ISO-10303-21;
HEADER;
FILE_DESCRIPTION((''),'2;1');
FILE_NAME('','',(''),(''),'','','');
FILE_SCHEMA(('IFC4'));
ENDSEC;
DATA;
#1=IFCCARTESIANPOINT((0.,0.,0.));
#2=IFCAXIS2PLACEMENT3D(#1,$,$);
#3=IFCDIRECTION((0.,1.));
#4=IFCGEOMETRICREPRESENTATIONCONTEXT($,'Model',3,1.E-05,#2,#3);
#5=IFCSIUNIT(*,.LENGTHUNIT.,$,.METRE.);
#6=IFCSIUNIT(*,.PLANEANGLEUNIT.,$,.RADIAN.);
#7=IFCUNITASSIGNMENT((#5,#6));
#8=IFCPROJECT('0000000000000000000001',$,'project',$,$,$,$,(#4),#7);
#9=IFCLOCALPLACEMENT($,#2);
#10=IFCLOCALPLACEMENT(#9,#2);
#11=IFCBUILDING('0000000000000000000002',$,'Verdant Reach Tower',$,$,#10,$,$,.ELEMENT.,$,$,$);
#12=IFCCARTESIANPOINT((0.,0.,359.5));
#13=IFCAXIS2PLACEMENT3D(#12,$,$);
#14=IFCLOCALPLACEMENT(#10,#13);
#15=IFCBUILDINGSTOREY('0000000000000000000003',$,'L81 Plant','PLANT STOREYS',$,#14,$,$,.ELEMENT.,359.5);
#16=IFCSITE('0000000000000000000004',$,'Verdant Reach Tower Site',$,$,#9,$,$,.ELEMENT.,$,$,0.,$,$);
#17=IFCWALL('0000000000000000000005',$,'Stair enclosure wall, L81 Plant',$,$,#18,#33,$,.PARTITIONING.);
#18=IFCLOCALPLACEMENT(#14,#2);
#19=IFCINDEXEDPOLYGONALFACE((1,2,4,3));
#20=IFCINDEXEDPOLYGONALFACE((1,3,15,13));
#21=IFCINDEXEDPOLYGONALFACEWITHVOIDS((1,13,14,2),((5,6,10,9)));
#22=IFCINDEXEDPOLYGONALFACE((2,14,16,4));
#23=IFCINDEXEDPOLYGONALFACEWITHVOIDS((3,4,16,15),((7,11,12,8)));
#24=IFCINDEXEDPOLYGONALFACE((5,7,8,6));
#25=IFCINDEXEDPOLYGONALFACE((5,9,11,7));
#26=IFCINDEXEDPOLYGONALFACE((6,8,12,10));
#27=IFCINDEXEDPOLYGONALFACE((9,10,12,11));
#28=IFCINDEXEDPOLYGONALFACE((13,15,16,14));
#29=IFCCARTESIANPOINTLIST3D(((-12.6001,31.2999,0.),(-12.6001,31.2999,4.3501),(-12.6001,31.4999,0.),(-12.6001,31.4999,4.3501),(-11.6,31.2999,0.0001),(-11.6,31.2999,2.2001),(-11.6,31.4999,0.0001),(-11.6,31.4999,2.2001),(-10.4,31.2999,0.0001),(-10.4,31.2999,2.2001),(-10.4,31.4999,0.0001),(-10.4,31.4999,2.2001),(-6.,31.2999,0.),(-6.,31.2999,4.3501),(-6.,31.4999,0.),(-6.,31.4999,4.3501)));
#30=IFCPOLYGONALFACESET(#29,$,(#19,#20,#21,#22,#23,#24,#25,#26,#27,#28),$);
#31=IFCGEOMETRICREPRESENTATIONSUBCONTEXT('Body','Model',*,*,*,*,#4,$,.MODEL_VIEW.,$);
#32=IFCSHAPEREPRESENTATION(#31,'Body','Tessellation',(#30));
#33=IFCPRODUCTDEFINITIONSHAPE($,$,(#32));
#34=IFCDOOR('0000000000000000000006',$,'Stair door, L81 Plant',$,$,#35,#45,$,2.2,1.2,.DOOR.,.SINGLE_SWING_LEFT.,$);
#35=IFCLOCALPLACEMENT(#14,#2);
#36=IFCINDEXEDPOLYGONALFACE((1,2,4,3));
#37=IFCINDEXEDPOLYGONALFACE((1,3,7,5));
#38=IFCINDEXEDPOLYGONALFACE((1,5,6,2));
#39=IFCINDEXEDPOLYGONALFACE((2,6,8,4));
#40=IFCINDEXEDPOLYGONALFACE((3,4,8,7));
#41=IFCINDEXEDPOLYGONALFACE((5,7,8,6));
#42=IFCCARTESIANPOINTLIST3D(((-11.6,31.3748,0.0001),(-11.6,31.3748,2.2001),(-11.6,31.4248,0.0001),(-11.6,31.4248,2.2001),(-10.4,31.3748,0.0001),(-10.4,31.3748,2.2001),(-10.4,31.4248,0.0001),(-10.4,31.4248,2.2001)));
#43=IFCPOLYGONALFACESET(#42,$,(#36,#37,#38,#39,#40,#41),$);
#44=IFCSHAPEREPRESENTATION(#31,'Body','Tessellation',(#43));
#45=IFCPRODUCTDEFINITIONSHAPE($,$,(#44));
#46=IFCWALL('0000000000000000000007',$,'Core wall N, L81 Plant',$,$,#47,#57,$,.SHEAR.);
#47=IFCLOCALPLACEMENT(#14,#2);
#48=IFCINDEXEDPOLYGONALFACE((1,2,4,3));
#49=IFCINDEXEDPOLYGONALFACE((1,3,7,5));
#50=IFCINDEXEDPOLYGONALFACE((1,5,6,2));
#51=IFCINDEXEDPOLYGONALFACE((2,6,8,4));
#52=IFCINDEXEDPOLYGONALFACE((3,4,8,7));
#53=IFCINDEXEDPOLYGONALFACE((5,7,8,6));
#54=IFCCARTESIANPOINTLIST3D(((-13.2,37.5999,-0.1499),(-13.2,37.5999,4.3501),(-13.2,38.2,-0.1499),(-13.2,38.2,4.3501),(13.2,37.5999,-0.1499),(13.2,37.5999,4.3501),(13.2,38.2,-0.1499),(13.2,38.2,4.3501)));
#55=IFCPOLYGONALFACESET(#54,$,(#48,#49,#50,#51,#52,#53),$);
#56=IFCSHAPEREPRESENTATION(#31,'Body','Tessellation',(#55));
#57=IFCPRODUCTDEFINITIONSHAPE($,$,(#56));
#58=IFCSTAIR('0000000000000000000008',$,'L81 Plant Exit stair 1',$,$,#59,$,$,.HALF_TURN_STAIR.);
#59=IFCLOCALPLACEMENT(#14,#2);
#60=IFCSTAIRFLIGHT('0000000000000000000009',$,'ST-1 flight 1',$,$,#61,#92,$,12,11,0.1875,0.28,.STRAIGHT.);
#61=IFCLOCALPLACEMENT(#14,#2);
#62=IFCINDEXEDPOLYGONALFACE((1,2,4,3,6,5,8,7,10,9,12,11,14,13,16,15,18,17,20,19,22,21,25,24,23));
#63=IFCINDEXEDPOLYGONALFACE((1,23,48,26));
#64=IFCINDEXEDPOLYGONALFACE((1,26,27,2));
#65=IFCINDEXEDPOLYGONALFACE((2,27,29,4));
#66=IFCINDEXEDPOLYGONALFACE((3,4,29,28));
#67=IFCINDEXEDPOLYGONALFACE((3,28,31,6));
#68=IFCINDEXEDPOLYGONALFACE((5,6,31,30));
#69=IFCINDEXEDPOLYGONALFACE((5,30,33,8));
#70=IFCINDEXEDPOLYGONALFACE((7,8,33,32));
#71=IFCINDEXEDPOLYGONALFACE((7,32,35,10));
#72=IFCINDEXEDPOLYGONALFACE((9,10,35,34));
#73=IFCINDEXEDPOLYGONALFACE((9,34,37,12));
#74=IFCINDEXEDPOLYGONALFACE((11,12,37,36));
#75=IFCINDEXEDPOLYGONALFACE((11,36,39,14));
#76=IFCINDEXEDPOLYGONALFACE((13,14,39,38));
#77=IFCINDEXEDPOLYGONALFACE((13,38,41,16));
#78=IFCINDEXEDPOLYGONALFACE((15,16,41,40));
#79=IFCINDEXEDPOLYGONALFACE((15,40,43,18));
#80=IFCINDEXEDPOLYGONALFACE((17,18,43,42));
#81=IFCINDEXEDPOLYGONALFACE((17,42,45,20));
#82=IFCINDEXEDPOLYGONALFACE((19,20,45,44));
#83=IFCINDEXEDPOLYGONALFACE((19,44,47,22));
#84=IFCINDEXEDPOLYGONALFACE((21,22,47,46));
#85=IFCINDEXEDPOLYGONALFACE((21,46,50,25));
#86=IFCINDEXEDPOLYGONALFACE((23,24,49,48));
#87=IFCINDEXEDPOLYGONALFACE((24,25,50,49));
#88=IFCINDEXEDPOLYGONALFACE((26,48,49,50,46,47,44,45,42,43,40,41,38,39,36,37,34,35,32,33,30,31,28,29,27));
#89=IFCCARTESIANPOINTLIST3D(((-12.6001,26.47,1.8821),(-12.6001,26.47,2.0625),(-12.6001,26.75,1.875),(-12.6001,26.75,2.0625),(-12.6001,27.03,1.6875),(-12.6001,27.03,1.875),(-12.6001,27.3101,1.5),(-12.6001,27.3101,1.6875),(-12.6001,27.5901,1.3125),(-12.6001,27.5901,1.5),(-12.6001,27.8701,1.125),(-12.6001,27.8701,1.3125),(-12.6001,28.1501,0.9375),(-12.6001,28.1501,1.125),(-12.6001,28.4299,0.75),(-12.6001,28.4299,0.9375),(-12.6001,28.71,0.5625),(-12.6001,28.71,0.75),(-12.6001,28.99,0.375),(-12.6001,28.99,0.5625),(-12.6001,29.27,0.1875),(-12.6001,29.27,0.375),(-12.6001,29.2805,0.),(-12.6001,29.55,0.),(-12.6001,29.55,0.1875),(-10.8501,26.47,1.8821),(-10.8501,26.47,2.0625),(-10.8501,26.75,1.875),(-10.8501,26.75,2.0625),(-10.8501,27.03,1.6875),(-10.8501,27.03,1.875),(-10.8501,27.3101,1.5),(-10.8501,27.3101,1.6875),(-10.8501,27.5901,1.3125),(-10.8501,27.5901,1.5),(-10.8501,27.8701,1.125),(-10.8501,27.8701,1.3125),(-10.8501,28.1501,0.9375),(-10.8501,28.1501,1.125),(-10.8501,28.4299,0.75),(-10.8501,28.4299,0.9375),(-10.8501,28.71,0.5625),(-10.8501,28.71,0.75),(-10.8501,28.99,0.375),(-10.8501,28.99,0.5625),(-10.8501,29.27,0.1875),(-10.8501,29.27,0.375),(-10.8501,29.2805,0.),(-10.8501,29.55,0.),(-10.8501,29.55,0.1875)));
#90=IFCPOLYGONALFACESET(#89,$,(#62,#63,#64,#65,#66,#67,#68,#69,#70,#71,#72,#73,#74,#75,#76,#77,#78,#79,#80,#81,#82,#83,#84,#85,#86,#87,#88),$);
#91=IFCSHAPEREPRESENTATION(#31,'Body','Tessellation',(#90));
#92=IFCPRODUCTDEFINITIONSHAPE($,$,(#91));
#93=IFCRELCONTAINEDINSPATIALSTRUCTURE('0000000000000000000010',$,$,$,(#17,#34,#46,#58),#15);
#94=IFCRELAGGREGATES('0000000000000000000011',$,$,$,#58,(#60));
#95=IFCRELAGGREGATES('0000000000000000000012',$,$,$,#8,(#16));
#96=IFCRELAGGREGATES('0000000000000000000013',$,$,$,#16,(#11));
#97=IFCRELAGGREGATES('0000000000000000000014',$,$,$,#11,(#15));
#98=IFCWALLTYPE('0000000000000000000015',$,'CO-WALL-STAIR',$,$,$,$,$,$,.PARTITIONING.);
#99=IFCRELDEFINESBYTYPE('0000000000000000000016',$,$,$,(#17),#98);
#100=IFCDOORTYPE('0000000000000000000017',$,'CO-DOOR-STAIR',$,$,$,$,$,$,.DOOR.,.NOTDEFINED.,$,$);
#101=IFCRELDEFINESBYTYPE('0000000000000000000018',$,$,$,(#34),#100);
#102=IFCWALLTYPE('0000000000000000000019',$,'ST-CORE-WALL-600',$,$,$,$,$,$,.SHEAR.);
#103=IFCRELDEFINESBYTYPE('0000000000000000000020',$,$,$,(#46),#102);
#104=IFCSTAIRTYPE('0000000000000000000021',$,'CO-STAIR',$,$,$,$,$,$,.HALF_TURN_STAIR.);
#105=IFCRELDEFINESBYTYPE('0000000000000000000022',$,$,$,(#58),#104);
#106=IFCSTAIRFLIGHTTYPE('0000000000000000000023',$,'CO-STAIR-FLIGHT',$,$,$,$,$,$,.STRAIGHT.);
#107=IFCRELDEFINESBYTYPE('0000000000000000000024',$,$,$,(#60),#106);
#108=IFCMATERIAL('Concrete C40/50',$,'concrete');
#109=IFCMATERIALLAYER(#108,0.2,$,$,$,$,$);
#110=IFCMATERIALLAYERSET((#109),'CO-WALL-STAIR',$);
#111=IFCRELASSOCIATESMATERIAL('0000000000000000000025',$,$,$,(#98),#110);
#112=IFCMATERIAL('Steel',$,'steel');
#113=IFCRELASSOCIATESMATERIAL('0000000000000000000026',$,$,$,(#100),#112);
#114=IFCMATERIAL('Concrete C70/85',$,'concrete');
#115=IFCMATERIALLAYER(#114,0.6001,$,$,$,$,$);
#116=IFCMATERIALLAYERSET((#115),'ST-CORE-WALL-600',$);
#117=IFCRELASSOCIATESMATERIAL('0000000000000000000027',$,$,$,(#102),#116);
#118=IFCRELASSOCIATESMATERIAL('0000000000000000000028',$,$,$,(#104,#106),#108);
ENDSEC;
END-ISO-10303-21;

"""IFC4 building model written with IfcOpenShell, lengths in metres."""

from ifc_helpers import new_model, si_unit, direction, frame, frame_2d, origin, place, context, subcontext, project, spatial, polyline, rectangle, outline, extrude, material, layer, layer_set, type_object, element, fill, aggregate, save


model = new_model("IFC4")

# Units and contexts
model_context = context("Model", 3, precision=1e-05, world=origin(), true_north=direction((0.0, 1.0)))
body_context = subcontext(model_context, "Body", "Model", "MODEL_VIEW")
ifc_project = project(units=[si_unit("LENGTHUNIT", "METRE"), si_unit("PLANEANGLEUNIT", "RADIAN")], contexts=[model_context])

# Site, building, storey
site_placement = place(None, origin())
site = spatial("IfcSite", under=ifc_project, at=site_placement, Name="Verdant Reach Tower Site", CompositionType="ELEMENT", RefElevation=0.0)
building_placement = place(site_placement, origin())
building = spatial("IfcBuilding", under=site, at=building_placement, Name="Verdant Reach Tower", CompositionType="ELEMENT")
storey_placement = place(building_placement, frame((0.0, 0.0, 359.5)))
storey = spatial("IfcBuildingStorey", under=building, at=storey_placement, Name="L81 Plant", Description="PLANT STOREYS", CompositionType="ELEMENT", Elevation=359.5)

# Shared definitions
ifc_material_1 = material(Name="Concrete C40/50", Category="concrete")
ifc_material_2 = material(Name="Steel", Category="steel")

# Wall, opening, door
ifc_layer_1 = layer(ifc_material_1, 0.2)
ifc_layer_set_1 = layer_set([ifc_layer_1], Name="CO-WALL-STAIR")
wall_type_1 = type_object("IfcWallType", Name="CO-WALL-STAIR", PredefinedType="PARTITIONING", material=ifc_layer_set_1)
wall_1_placement = place(storey_placement, frame((-12.6001, 31.3999, 0.0), z_axis=(0.0, 0.0, 1.0), x_axis=(1.0, 0.0, 0.0)))
wall_1 = element("IfcWall", 1, at=wall_1_placement, inside=storey, type_object=wall_type_1, Name="Stair enclosure wall, L81 Plant", PredefinedType="PARTITIONING", context=body_context, shape_type="SweptSolid", body=[
    extrude(rectangle(XDim=6.6001, YDim=0.2, at=frame_2d((3.3, 0.0))), origin(), (0.0, 0.0, 1.0), 4.3501),
])
opening_1_placement = place(wall_1_placement, frame((1.0, 0.0, 0.0)))
opening_1 = element("IfcOpeningElement", 2, at=opening_1_placement, cuts=wall_1, PredefinedType="OPENING", context=body_context, shape_type="SweptSolid", body=[
    extrude(rectangle(XDim=1.2, YDim=2.2, at=frame_2d((0.6001, 1.1001))), frame((0.0, 0.1099, 0.0), z_axis=(0.0, -1.0, 0.0), x_axis=(1.0, 0.0, 0.0)), (0.0, 0.0, 1.0), 0.22),
])
door_type_1 = type_object("IfcDoorType", Name="CO-DOOR-STAIR", OperationType="NOTDEFINED", PredefinedType="DOOR", material=ifc_material_2)
door_1_placement = place(opening_1_placement, origin())
door_1 = element("IfcDoor", 3, at=door_1_placement, inside=storey, type_object=door_type_1, Name="Stair door, L81 Plant", OperationType="SINGLE_SWING_LEFT", OverallHeight=2.2, OverallWidth=1.2, PredefinedType="DOOR", context=body_context, shape_type="SweptSolid", body=[
    extrude(rectangle(XDim=1.2, YDim=2.2, at=frame_2d((0.6001, 1.1001))), frame((0.0, 0.0249, 0.0), z_axis=(0.0, -1.0, 0.0), x_axis=(1.0, 0.0, 0.0)), (0.0, 0.0, 1.0), 0.05),
])
fill(opening_1, door_1)

# Wall
ifc_material_3 = material(Name="Concrete C70/85", Category="concrete")
ifc_layer_2 = layer(ifc_material_3, 0.6001)
ifc_layer_set_2 = layer_set([ifc_layer_2], Name="ST-CORE-WALL-600")
wall_type_2 = type_object("IfcWallType", Name="ST-CORE-WALL-600", PredefinedType="SHEAR", material=ifc_layer_set_2)
wall_2_placement = place(storey_placement, frame((-13.2, 37.8999, -0.1499), z_axis=(0.0, 0.0, 1.0), x_axis=(1.0, 0.0, 0.0)))
element("IfcWall", 4, at=wall_2_placement, inside=storey, type_object=wall_type_2, Name="Core wall N, L81 Plant", PredefinedType="SHEAR", context=body_context, shape_type="SweptSolid", body=[
    extrude(rectangle(XDim=26.3999, YDim=0.6001, at=frame_2d((13.2, 0.0))), origin(), (0.0, 0.0, 1.0), 4.5),
])

# Stair, stair flight
stair_type = type_object("IfcStairType", Name="CO-STAIR", PredefinedType="HALF_TURN_STAIR", material=ifc_material_1)
stair_placement = place(storey_placement, origin())
stair = element("IfcStair", 5, at=stair_placement, inside=storey, type_object=stair_type, Name="L81 Plant Exit stair 1", PredefinedType="HALF_TURN_STAIR")
stair_flight_type = type_object("IfcStairFlightType", Name="CO-STAIR-FLIGHT", PredefinedType="STRAIGHT", material=ifc_material_1)
stair_flight_placement = place(storey_placement, frame((-11.7251, 29.55, 0.0), z_axis=(0.0, 0.0, 1.0), x_axis=(0.0, -1.0, 0.0)))
stair_flight = element("IfcStairFlight", 6, at=stair_flight_placement, type_object=stair_flight_type, Name="ST-1 flight 1", NumberOfRisers=12, NumberOfTreads=11, PredefinedType="STRAIGHT", RiserHeight=0.1875, TreadLength=0.28, context=body_context, shape_type="SweptSolid", body=[
    extrude(outline(polyline([(0.0, 0.0), (0.0, 0.1875), (0.28, 0.1875), (0.28, 0.375), (0.5601, 0.375), (0.5601, 0.5625), (0.8401, 0.5625), (0.8401, 0.75), (1.1201, 0.75), (1.1201, 0.9375), (1.3999, 0.9375), (1.3999, 1.125), (1.6799, 1.125), (1.6799, 1.3125), (1.96, 1.3125), (1.96, 1.5), (2.24, 1.5), (2.24, 1.6875), (2.52, 1.6875), (2.52, 1.875), (2.8, 1.875), (2.8, 2.0625), (3.0801, 2.0625), (3.0801, 2.25), (3.0801, 1.8821), (0.2695, 0.0), (0.0, 0.0)])), frame((0.0, 0.875, 0.0), z_axis=(0.0, -1.0, 0.0), x_axis=(1.0, 0.0, 0.0)), (0.0, 0.0, 1.0), 1.75),
])
aggregate(stair, [stair_flight])

save(model, "model.ifc")
